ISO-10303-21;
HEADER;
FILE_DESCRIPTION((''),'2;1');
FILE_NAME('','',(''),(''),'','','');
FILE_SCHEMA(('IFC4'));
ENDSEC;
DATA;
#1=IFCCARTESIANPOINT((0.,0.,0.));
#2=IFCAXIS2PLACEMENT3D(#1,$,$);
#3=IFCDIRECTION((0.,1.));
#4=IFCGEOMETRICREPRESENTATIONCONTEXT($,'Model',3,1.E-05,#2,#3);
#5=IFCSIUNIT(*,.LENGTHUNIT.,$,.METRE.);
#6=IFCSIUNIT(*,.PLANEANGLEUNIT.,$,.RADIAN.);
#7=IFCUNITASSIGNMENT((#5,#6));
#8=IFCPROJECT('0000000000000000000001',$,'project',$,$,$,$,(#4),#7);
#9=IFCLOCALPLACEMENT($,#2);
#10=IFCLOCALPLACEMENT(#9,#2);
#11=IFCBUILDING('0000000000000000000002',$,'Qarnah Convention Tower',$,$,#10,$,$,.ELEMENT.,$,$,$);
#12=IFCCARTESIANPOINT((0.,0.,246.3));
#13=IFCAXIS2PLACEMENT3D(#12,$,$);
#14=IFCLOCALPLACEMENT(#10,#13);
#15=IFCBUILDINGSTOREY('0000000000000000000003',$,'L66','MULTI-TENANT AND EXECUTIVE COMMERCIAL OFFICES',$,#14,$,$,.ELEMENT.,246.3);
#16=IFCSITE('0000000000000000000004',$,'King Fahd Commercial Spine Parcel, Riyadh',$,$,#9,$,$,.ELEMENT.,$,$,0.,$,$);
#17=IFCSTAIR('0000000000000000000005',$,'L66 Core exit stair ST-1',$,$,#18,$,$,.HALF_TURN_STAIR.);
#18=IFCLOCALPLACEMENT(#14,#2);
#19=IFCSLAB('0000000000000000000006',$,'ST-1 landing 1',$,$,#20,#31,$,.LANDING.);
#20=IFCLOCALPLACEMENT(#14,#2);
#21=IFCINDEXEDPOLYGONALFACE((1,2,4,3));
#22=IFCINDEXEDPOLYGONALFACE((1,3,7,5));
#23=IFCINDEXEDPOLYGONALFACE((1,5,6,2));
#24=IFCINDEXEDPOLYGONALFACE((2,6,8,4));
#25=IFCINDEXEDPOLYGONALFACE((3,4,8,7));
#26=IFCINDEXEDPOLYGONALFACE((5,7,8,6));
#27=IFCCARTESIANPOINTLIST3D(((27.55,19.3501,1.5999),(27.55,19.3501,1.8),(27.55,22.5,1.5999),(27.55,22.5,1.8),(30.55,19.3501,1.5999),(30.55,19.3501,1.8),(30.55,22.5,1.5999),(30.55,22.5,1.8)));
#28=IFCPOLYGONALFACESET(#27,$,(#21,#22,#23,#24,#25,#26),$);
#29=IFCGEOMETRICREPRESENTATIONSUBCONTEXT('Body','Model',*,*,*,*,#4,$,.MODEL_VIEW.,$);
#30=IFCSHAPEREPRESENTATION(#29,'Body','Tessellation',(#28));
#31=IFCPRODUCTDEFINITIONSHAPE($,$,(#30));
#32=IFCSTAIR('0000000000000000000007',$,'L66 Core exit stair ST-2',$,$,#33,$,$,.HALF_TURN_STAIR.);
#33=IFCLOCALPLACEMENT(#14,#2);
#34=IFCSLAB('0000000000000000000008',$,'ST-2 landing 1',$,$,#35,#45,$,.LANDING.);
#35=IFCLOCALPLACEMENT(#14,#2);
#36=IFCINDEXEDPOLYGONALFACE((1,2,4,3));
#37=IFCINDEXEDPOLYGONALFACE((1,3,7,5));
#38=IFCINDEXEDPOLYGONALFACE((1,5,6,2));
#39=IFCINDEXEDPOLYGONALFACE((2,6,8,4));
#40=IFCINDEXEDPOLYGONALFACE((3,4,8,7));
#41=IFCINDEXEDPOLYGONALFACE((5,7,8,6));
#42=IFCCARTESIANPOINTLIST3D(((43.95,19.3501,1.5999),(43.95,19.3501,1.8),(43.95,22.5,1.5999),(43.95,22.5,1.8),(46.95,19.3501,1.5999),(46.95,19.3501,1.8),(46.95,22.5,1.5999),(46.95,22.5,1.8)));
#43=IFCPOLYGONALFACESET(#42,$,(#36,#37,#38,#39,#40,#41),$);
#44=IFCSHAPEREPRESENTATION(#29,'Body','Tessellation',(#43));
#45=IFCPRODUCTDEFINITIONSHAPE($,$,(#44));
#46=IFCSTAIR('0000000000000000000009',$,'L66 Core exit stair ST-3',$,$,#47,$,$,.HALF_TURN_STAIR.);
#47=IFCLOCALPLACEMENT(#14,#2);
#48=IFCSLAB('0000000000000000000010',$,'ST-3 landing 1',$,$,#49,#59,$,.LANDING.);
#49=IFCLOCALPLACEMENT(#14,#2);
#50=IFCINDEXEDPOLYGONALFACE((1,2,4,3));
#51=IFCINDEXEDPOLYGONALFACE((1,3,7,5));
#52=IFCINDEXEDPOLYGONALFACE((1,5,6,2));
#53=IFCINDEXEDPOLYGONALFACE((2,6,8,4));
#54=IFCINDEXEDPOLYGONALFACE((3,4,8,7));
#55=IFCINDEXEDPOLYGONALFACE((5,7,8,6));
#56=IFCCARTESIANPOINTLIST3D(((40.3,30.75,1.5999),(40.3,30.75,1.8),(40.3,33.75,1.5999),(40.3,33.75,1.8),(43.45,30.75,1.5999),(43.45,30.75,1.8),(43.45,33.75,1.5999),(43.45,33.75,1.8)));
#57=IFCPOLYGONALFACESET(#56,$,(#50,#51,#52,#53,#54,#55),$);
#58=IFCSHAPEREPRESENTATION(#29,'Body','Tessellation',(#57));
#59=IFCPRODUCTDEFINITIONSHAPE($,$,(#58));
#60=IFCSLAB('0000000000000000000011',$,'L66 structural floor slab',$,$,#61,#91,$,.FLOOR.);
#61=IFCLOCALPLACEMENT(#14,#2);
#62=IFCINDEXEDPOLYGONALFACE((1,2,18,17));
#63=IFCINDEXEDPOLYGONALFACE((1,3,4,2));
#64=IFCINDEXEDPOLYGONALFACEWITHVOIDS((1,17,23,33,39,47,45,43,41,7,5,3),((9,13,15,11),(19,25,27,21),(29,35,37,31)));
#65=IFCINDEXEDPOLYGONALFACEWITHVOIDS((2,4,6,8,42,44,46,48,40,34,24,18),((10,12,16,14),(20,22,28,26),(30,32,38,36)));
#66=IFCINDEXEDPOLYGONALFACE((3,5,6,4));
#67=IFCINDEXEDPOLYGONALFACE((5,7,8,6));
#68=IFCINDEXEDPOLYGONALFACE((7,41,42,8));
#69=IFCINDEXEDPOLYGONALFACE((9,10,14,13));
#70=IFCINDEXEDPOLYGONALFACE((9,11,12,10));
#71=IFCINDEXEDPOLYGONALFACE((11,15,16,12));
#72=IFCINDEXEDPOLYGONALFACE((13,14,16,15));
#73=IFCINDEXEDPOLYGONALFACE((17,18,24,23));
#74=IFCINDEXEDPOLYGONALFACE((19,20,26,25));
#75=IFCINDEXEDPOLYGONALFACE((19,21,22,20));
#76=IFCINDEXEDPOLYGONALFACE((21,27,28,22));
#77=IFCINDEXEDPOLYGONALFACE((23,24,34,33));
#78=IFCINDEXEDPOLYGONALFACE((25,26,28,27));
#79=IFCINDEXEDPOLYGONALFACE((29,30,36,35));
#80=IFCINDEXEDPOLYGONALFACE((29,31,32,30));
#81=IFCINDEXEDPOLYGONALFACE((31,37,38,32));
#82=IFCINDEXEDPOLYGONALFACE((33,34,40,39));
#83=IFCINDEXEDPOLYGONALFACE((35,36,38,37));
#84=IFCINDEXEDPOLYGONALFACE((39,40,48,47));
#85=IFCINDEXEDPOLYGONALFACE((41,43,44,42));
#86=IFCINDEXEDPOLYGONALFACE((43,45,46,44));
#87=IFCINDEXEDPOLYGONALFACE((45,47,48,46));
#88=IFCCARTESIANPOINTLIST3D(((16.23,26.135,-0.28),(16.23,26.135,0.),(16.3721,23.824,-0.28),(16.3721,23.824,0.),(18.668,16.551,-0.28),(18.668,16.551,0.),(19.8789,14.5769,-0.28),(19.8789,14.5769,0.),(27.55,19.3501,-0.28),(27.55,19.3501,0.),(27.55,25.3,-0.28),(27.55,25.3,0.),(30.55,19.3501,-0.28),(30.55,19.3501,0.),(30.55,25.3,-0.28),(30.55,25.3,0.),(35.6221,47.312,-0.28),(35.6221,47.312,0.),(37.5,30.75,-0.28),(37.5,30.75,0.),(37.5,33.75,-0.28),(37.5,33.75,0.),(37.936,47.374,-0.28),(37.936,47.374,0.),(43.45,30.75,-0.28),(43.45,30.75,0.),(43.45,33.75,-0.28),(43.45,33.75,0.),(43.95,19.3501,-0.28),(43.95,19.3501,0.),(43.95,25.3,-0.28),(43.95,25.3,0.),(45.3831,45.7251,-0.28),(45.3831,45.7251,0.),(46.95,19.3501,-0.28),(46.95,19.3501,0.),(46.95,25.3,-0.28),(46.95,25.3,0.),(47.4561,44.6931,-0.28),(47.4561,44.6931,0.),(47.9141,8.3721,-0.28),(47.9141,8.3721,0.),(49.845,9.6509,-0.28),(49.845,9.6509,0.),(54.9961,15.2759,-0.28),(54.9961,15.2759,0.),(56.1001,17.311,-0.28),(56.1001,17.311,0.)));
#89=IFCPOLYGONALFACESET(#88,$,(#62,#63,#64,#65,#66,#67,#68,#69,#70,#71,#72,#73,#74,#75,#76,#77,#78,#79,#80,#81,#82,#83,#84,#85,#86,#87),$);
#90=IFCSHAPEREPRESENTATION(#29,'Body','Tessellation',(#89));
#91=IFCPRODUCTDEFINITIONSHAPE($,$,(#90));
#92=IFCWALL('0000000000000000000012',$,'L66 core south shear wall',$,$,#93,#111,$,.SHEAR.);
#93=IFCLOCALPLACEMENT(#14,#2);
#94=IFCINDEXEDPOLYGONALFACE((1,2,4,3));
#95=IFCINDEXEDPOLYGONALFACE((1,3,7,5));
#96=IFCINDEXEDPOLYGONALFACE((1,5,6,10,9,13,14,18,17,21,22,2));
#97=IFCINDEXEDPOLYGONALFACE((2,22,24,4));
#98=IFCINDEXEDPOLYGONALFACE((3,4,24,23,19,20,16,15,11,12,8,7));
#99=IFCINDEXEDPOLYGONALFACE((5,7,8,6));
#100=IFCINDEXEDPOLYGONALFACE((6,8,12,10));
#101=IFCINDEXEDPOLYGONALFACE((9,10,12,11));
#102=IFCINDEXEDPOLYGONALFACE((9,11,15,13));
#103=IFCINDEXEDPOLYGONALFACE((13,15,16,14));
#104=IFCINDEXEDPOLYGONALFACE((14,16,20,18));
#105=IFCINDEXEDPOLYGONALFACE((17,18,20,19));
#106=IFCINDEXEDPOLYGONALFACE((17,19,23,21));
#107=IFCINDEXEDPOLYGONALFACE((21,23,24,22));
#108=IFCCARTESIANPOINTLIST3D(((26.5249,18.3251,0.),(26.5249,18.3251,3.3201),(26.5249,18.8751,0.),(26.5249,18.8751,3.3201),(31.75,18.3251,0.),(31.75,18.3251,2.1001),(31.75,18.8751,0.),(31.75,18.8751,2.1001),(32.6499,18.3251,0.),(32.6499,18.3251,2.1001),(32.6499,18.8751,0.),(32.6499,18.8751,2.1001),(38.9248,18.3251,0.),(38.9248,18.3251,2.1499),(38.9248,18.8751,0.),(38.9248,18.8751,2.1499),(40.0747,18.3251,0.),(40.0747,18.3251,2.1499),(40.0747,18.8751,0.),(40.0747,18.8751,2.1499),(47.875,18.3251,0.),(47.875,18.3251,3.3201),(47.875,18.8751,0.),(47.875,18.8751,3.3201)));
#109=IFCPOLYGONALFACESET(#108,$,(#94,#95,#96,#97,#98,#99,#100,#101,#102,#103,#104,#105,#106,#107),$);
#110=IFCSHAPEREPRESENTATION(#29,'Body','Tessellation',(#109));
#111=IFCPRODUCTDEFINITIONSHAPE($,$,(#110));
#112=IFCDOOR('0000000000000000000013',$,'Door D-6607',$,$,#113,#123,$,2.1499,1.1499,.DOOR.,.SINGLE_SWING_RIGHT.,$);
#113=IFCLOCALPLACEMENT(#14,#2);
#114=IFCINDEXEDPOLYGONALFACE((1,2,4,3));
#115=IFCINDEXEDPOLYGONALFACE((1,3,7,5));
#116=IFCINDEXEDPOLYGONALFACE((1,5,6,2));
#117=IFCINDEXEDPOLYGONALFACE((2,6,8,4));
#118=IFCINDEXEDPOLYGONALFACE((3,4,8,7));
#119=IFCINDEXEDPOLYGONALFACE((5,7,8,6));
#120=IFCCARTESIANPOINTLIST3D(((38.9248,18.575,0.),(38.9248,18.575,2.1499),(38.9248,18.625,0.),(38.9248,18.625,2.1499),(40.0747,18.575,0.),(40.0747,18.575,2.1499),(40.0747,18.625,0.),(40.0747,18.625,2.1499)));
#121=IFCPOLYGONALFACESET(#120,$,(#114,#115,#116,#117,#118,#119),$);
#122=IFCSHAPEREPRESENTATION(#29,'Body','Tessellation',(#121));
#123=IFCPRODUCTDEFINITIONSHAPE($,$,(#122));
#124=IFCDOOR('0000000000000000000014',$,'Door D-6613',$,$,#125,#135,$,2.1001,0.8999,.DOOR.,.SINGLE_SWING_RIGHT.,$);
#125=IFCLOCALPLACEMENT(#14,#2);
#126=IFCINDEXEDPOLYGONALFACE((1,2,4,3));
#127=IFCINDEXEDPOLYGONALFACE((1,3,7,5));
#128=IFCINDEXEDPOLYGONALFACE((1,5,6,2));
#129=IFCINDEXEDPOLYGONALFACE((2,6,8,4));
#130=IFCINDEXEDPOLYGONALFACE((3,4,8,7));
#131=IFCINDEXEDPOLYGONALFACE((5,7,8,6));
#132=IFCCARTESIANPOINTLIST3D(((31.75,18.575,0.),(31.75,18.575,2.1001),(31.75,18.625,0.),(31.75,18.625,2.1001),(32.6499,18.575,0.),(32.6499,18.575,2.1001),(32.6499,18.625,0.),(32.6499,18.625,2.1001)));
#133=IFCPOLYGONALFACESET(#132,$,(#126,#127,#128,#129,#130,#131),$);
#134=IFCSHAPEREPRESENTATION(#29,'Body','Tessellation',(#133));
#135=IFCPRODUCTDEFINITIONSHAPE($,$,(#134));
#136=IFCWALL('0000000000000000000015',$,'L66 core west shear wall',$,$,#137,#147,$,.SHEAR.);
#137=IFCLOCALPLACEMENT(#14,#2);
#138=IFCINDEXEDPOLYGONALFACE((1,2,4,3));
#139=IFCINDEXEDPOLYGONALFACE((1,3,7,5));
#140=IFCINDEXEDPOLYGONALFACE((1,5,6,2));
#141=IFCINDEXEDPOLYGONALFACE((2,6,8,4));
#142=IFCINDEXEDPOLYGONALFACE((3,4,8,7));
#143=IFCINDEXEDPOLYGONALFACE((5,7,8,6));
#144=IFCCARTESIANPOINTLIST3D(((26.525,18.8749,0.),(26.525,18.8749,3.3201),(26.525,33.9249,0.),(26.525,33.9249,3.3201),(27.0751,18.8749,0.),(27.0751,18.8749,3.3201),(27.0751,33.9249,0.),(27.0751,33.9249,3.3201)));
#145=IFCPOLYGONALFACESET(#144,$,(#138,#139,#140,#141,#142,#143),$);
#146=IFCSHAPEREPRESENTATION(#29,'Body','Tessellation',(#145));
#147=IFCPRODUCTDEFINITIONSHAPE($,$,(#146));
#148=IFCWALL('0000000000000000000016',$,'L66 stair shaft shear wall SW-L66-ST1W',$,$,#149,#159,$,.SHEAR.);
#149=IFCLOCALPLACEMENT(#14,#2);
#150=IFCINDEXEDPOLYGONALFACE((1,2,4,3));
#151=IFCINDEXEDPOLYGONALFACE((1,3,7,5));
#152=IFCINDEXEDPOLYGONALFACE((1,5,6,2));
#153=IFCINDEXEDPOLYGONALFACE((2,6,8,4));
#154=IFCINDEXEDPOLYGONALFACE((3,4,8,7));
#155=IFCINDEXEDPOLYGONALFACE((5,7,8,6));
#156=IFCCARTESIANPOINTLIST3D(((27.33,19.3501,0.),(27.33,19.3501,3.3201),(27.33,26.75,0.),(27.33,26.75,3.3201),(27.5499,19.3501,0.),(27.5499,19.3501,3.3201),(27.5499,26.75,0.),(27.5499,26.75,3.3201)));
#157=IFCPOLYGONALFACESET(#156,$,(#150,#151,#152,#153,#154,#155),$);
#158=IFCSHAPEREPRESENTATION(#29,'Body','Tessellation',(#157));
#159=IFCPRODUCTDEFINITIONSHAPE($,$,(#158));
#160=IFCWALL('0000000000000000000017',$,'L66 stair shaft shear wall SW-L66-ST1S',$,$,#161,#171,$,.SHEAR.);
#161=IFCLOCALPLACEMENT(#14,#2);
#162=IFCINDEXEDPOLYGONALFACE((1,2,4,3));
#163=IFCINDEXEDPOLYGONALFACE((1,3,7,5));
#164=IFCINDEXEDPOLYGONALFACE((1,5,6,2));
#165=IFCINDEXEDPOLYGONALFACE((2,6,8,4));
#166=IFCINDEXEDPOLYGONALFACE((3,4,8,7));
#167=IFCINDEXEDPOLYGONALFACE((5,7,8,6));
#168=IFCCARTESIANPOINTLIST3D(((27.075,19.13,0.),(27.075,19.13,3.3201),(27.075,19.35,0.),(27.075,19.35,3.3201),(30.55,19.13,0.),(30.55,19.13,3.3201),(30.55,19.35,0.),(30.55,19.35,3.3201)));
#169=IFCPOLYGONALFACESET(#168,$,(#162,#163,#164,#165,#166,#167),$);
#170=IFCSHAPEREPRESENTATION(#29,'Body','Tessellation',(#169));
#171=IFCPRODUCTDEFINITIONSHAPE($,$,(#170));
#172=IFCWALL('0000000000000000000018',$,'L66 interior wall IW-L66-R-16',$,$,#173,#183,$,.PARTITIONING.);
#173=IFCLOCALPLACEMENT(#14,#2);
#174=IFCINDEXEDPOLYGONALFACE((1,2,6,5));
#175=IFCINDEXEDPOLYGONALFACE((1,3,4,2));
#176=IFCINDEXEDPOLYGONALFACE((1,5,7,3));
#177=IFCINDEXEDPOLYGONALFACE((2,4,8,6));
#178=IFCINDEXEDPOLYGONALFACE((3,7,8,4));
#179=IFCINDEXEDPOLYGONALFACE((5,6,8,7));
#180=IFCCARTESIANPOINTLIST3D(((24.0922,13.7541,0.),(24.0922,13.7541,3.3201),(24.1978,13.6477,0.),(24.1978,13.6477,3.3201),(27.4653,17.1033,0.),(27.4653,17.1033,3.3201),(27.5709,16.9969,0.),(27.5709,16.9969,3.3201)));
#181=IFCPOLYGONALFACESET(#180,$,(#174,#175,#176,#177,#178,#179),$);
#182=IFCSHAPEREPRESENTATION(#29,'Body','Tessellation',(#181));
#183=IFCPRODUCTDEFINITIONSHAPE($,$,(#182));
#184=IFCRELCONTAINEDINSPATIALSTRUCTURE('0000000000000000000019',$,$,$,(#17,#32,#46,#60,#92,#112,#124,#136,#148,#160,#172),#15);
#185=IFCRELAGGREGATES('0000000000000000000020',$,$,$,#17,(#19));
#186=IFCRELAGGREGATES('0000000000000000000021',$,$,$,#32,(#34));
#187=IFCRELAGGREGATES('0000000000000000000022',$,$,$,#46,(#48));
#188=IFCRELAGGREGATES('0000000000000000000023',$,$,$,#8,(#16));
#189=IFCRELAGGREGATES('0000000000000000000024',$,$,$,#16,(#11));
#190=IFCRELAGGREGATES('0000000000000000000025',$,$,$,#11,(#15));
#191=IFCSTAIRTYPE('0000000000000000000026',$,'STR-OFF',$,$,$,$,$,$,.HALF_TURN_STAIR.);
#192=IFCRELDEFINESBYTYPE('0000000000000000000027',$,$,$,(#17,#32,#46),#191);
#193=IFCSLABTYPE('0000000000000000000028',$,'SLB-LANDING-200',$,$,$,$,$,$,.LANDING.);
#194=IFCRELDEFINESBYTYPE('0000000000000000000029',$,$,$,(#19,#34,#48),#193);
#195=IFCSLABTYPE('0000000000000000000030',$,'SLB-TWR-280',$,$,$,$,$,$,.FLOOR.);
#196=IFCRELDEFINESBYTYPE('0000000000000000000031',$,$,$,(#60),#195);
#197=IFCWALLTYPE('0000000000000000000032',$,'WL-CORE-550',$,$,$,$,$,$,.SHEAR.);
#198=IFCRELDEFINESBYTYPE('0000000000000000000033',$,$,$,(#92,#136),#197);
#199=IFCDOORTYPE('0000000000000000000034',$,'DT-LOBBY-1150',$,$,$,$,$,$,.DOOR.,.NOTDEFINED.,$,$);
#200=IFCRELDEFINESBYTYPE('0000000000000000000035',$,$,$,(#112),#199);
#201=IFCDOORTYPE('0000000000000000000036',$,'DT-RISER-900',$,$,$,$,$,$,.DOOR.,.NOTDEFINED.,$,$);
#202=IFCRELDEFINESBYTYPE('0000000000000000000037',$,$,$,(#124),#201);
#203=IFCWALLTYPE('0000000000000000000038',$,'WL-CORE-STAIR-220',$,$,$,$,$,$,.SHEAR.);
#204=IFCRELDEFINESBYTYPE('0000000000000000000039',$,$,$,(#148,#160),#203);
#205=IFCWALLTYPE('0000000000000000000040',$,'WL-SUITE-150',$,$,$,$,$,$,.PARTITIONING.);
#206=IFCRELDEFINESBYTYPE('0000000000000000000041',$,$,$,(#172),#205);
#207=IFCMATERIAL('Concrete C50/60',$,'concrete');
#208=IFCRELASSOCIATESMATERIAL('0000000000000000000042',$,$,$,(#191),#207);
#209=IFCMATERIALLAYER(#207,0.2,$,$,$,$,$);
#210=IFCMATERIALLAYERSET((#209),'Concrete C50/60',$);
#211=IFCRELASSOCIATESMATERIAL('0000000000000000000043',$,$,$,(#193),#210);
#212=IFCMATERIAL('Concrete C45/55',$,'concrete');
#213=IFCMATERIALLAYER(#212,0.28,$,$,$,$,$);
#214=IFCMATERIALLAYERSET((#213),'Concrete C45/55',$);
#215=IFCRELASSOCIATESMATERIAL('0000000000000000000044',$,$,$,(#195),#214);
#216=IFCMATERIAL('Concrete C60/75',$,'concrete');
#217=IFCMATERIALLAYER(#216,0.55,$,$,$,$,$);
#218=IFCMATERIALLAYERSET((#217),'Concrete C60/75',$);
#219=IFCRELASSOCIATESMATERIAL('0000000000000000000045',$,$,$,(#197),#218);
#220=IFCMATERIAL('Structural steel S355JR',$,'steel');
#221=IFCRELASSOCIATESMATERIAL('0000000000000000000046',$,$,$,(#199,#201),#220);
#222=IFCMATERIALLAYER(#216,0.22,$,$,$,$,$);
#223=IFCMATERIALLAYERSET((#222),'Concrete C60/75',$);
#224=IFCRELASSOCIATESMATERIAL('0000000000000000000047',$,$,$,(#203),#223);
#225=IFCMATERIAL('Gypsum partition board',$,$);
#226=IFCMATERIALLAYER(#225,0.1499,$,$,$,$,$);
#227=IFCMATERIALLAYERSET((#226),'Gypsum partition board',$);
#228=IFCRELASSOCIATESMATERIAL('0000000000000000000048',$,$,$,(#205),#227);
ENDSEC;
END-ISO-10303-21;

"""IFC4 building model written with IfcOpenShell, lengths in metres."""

from ifc_helpers import new_model, si_unit, direction, frame, frame_2d, origin, place, context, subcontext, project, spatial, polyline, rectangle, outline, extrude, material, layer, layer_set, type_object, element, fill, aggregate, save


model = new_model("IFC4")

# Units and contexts
model_context = context("Model", 3, precision=1e-05, world=origin(), true_north=direction((0.0, 1.0)))
body_context = subcontext(model_context, "Body", "Model", "MODEL_VIEW")
ifc_project = project(units=[si_unit("LENGTHUNIT", "METRE"), si_unit("PLANEANGLEUNIT", "RADIAN")], contexts=[model_context])

# Site, building, storey
site_placement = place(None, origin())
site = spatial("IfcSite", under=ifc_project, at=site_placement, Name="King Fahd Commercial Spine Parcel, Riyadh", CompositionType="ELEMENT", RefElevation=0.0)
building_placement = place(site_placement, origin())
building = spatial("IfcBuilding", under=site, at=building_placement, Name="Qarnah Convention Tower", CompositionType="ELEMENT")
storey_placement = place(building_placement, frame((0.0, 0.0, 246.3)))
storey = spatial("IfcBuildingStorey", under=building, at=storey_placement, Name="L66", Description="MULTI-TENANT AND EXECUTIVE COMMERCIAL OFFICES", CompositionType="ELEMENT", Elevation=246.3)

# Shared definitions
ifc_material_1 = material(Name="Concrete C50/60", Category="concrete")

# Shared definitions
ifc_material_2 = material(Name="Structural steel S355JR", Category="steel")

# Shared definitions
ifc_material_3 = material(Name="Concrete C45/55", Category="concrete")

# Stairs, slabs
stair_type = type_object("IfcStairType", Name="STR-OFF", PredefinedType="HALF_TURN_STAIR", material=ifc_material_1)
stair_1_placement = place(storey_placement, origin())
stair_1 = element("IfcStair", 1, at=stair_1_placement, inside=storey, type_object=stair_type, Name="L66 Core exit stair ST-1", PredefinedType="HALF_TURN_STAIR")
ifc_layer_1 = layer(ifc_material_1, 0.2)
ifc_layer_set_1 = layer_set([ifc_layer_1], Name="Concrete C50/60")
slab_type_1 = type_object("IfcSlabType", Name="SLB-LANDING-200", PredefinedType="LANDING", material=ifc_layer_set_1)
slab_1_placement = place(storey_placement, frame((0.0, 0.0, 1.5999)))
slab_1 = element("IfcSlab", 2, at=slab_1_placement, type_object=slab_type_1, Name="ST-1 landing 1", PredefinedType="LANDING", context=body_context, shape_type="SweptSolid", body=[
    extrude(outline(polyline([(27.55, 22.5), (27.55, 19.3501), (30.55, 19.3501), (30.55, 22.5), (27.55, 22.5)])), origin(), (0.0, 0.0, 1.0), 0.2002),
])
aggregate(stair_1, [slab_1])
stair_2_placement = place(storey_placement, origin())
stair_2 = element("IfcStair", 3, at=stair_2_placement, inside=storey, type_object=stair_type, Name="L66 Core exit stair ST-2", PredefinedType="HALF_TURN_STAIR")
slab_2_placement = place(storey_placement, frame((0.0, 0.0, 1.5999)))
slab_2 = element("IfcSlab", 4, at=slab_2_placement, type_object=slab_type_1, Name="ST-2 landing 1", PredefinedType="LANDING", context=body_context, shape_type="SweptSolid", body=[
    extrude(outline(polyline([(43.95, 22.5), (43.95, 19.3501), (46.95, 19.3501), (46.95, 22.5), (43.95, 22.5)])), origin(), (0.0, 0.0, 1.0), 0.2002),
])
aggregate(stair_2, [slab_2])
stair_3_placement = place(storey_placement, origin())
stair_3 = element("IfcStair", 5, at=stair_3_placement, inside=storey, type_object=stair_type, Name="L66 Core exit stair ST-3", PredefinedType="HALF_TURN_STAIR")
slab_3_placement = place(storey_placement, frame((0.0, 0.0, 1.5999)))
slab_3 = element("IfcSlab", 6, at=slab_3_placement, type_object=slab_type_1, Name="ST-3 landing 1", PredefinedType="LANDING", context=body_context, shape_type="SweptSolid", body=[
    extrude(outline(polyline([(40.3, 30.75), (43.45, 30.75), (43.45, 33.75), (40.3, 33.75), (40.3, 30.75)])), origin(), (0.0, 0.0, 1.0), 0.2002),
])
aggregate(stair_3, [slab_3])

# Slab
ifc_layer_2 = layer(ifc_material_3, 0.28)
ifc_layer_set_2 = layer_set([ifc_layer_2], Name="Concrete C45/55")
slab_type_2 = type_object("IfcSlabType", Name="SLB-TWR-280", PredefinedType="FLOOR", material=ifc_layer_set_2)
slab_4_placement = place(storey_placement, frame((0.0, 0.0, -0.28)))
element("IfcSlab", 7, at=slab_4_placement, inside=storey, type_object=slab_type_2, Name="L66 structural floor slab", PredefinedType="FLOOR", context=body_context, shape_type="SweptSolid", body=[
    extrude(outline(polyline([(35.6221, 47.312), (16.23, 26.135), (16.3721, 23.824), (18.668, 16.551), (19.8789, 14.5769), (47.9141, 8.3721), (49.845, 9.6509), (54.9961, 15.2759), (56.1001, 17.311), (47.4561, 44.6931), (45.3831, 45.7251), (37.936, 47.374), (35.6221, 47.312)]), holes=[polyline([(27.55, 25.3), (27.55, 19.3501), (30.55, 19.3501), (30.55, 25.3), (27.55, 25.3)]), polyline([(43.95, 25.3), (43.95, 19.3501), (46.95, 19.3501), (46.95, 25.3), (43.95, 25.3)]), polyline([(37.5, 30.75), (43.45, 30.75), (43.45, 33.75), (37.5, 33.75), (37.5, 30.75)])]), origin(), (0.0, 0.0, 1.0), 0.28),
])

# Wall, openings, doors
ifc_material_4 = material(Name="Concrete C60/75", Category="concrete")
ifc_layer_3 = layer(ifc_material_4, 0.55)
ifc_layer_set_3 = layer_set([ifc_layer_3], Name="Concrete C60/75")
wall_type_1 = type_object("IfcWallType", Name="WL-CORE-550", PredefinedType="SHEAR", material=ifc_layer_set_3)
wall_1_placement = place(storey_placement, frame((26.5249, 18.6001, 0.0), z_axis=(0.0, 0.0, 1.0), x_axis=(1.0, 0.0, 0.0)))
wall_1 = element("IfcWall", 8, at=wall_1_placement, inside=storey, type_object=wall_type_1, Name="L66 core south shear wall", PredefinedType="SHEAR", context=body_context, shape_type="SweptSolid", body=[
    extrude(rectangle(XDim=21.3501, YDim=0.55, at=frame_2d((10.675, 0.0))), origin(), (0.0, 0.0, 1.0), 3.3201),
])
opening_1_placement = place(wall_1_placement, frame((12.3999, 0.0, 0.0)))
opening_1 = element("IfcOpeningElement", 9, at=opening_1_placement, cuts=wall_1, PredefinedType="OPENING", context=body_context, shape_type="SweptSolid", body=[
    extrude(rectangle(XDim=1.1499, YDim=2.1499, at=frame_2d((0.575, 1.075))), frame((0.0, 0.2849, 0.0), z_axis=(0.0, -1.0, 0.0), x_axis=(1.0, 0.0, 0.0)), (0.0, 0.0, 1.0), 0.5701),
])
opening_2_placement = place(wall_1_placement, frame((5.2251, 0.0, 0.0)))
opening_2 = element("IfcOpeningElement", 10, at=opening_2_placement, cuts=wall_1, PredefinedType="OPENING", context=body_context, shape_type="SweptSolid", body=[
    extrude(rectangle(XDim=0.8999, YDim=2.1001, at=frame_2d((0.45, 1.05))), frame((0.0, 0.2849, 0.0), z_axis=(0.0, -1.0, 0.0), x_axis=(1.0, 0.0, 0.0)), (0.0, 0.0, 1.0), 0.5701),
])
door_type_1 = type_object("IfcDoorType", Name="DT-LOBBY-1150", OperationType="NOTDEFINED", PredefinedType="DOOR", material=ifc_material_2)
door_1_placement = place(opening_1_placement, origin())
door_1 = element("IfcDoor", 11, at=door_1_placement, inside=storey, type_object=door_type_1, Name="Door D-6607", OperationType="SINGLE_SWING_RIGHT", OverallHeight=2.1499, OverallWidth=1.1499, PredefinedType="DOOR", context=body_context, shape_type="SweptSolid", body=[
    extrude(rectangle(XDim=1.1499, YDim=2.1499, at=frame_2d((0.575, 1.075))), frame((0.0, 0.0249, 0.0), z_axis=(0.0, -1.0, 0.0), x_axis=(1.0, 0.0, 0.0)), (0.0, 0.0, 1.0), 0.05),
])
fill(opening_1, door_1)
door_type_2 = type_object("IfcDoorType", Name="DT-RISER-900", OperationType="NOTDEFINED", PredefinedType="DOOR", material=ifc_material_2)
door_2_placement = place(opening_2_placement, origin())
door_2 = element("IfcDoor", 12, at=door_2_placement, inside=storey, type_object=door_type_2, Name="Door D-6613", OperationType="SINGLE_SWING_RIGHT", OverallHeight=2.1001, OverallWidth=0.8999, PredefinedType="DOOR", context=body_context, shape_type="SweptSolid", body=[
    extrude(rectangle(XDim=0.8999, YDim=2.1001, at=frame_2d((0.45, 1.05))), frame((0.0, 0.0249, 0.0), z_axis=(0.0, -1.0, 0.0), x_axis=(1.0, 0.0, 0.0)), (0.0, 0.0, 1.0), 0.05),
])
fill(opening_2, door_2)

# Walls
wall_2_placement = place(storey_placement, frame((26.8, 18.875, 0.0), z_axis=(0.0, 0.0, 1.0), x_axis=(0.0, 1.0, 0.0)))
element("IfcWall", 13, at=wall_2_placement, inside=storey, type_object=wall_type_1, Name="L66 core west shear wall", PredefinedType="SHEAR", context=body_context, shape_type="SweptSolid", body=[
    extrude(rectangle(XDim=15.05, YDim=0.55, at=frame_2d((7.5249, 0.0))), origin(), (0.0, 0.0, 1.0), 3.3201),
])
ifc_layer_4 = layer(ifc_material_4, 0.22)
ifc_layer_set_4 = layer_set([ifc_layer_4], Name="Concrete C60/75")
wall_type_2 = type_object("IfcWallType", Name="WL-CORE-STAIR-220", PredefinedType="SHEAR", material=ifc_layer_set_4)
wall_3_placement = place(storey_placement, frame((27.4399, 19.3501, 0.0), z_axis=(0.0, 0.0, 1.0), x_axis=(0.0, 1.0, 0.0)))
element("IfcWall", 14, at=wall_3_placement, inside=storey, type_object=wall_type_2, Name="L66 stair shaft shear wall SW-L66-ST1W", PredefinedType="SHEAR", context=body_context, shape_type="SweptSolid", body=[
    extrude(rectangle(XDim=7.3999, YDim=0.22, at=frame_2d((3.7, 0.0))), origin(), (0.0, 0.0, 1.0), 3.3201),
])
wall_4_placement = place(storey_placement, frame((27.075, 19.24, 0.0), z_axis=(0.0, 0.0, 1.0), x_axis=(1.0, 0.0, 0.0)))
element("IfcWall", 15, at=wall_4_placement, inside=storey, type_object=wall_type_2, Name="L66 stair shaft shear wall SW-L66-ST1S", PredefinedType="SHEAR", context=body_context, shape_type="SweptSolid", body=[
    extrude(rectangle(XDim=3.4751, YDim=0.22, at=frame_2d((1.7375, 0.0))), origin(), (0.0, 0.0, 1.0), 3.3201),
])

# Wall
ifc_material_5 = material(Name="Gypsum partition board")
ifc_layer_5 = layer(ifc_material_5, 0.1499)
ifc_layer_set_5 = layer_set([ifc_layer_5], Name="Gypsum partition board")
wall_type_3 = type_object("IfcWallType", Name="WL-SUITE-150", PredefinedType="PARTITIONING", material=ifc_layer_set_5)
wall_5_placement = place(storey_placement, frame((24.145, 13.7009, 0.0), z_axis=(0.0, 0.0, 1.0), x_axis=(0.709619, 0.704586, 0.0)))
element("IfcWall", 16, at=wall_5_placement, inside=storey, type_object=wall_type_3, Name="L66 interior wall IW-L66-R-16", PredefinedType="PARTITIONING", context=body_context, shape_type="SweptSolid", body=[
    extrude(rectangle(XDim=4.7534, YDim=0.1499, at=frame_2d((2.3767, 0.0))), origin(), (0.0, 0.0, 1.0), 3.3201),
])

save(model, "model.ifc")
